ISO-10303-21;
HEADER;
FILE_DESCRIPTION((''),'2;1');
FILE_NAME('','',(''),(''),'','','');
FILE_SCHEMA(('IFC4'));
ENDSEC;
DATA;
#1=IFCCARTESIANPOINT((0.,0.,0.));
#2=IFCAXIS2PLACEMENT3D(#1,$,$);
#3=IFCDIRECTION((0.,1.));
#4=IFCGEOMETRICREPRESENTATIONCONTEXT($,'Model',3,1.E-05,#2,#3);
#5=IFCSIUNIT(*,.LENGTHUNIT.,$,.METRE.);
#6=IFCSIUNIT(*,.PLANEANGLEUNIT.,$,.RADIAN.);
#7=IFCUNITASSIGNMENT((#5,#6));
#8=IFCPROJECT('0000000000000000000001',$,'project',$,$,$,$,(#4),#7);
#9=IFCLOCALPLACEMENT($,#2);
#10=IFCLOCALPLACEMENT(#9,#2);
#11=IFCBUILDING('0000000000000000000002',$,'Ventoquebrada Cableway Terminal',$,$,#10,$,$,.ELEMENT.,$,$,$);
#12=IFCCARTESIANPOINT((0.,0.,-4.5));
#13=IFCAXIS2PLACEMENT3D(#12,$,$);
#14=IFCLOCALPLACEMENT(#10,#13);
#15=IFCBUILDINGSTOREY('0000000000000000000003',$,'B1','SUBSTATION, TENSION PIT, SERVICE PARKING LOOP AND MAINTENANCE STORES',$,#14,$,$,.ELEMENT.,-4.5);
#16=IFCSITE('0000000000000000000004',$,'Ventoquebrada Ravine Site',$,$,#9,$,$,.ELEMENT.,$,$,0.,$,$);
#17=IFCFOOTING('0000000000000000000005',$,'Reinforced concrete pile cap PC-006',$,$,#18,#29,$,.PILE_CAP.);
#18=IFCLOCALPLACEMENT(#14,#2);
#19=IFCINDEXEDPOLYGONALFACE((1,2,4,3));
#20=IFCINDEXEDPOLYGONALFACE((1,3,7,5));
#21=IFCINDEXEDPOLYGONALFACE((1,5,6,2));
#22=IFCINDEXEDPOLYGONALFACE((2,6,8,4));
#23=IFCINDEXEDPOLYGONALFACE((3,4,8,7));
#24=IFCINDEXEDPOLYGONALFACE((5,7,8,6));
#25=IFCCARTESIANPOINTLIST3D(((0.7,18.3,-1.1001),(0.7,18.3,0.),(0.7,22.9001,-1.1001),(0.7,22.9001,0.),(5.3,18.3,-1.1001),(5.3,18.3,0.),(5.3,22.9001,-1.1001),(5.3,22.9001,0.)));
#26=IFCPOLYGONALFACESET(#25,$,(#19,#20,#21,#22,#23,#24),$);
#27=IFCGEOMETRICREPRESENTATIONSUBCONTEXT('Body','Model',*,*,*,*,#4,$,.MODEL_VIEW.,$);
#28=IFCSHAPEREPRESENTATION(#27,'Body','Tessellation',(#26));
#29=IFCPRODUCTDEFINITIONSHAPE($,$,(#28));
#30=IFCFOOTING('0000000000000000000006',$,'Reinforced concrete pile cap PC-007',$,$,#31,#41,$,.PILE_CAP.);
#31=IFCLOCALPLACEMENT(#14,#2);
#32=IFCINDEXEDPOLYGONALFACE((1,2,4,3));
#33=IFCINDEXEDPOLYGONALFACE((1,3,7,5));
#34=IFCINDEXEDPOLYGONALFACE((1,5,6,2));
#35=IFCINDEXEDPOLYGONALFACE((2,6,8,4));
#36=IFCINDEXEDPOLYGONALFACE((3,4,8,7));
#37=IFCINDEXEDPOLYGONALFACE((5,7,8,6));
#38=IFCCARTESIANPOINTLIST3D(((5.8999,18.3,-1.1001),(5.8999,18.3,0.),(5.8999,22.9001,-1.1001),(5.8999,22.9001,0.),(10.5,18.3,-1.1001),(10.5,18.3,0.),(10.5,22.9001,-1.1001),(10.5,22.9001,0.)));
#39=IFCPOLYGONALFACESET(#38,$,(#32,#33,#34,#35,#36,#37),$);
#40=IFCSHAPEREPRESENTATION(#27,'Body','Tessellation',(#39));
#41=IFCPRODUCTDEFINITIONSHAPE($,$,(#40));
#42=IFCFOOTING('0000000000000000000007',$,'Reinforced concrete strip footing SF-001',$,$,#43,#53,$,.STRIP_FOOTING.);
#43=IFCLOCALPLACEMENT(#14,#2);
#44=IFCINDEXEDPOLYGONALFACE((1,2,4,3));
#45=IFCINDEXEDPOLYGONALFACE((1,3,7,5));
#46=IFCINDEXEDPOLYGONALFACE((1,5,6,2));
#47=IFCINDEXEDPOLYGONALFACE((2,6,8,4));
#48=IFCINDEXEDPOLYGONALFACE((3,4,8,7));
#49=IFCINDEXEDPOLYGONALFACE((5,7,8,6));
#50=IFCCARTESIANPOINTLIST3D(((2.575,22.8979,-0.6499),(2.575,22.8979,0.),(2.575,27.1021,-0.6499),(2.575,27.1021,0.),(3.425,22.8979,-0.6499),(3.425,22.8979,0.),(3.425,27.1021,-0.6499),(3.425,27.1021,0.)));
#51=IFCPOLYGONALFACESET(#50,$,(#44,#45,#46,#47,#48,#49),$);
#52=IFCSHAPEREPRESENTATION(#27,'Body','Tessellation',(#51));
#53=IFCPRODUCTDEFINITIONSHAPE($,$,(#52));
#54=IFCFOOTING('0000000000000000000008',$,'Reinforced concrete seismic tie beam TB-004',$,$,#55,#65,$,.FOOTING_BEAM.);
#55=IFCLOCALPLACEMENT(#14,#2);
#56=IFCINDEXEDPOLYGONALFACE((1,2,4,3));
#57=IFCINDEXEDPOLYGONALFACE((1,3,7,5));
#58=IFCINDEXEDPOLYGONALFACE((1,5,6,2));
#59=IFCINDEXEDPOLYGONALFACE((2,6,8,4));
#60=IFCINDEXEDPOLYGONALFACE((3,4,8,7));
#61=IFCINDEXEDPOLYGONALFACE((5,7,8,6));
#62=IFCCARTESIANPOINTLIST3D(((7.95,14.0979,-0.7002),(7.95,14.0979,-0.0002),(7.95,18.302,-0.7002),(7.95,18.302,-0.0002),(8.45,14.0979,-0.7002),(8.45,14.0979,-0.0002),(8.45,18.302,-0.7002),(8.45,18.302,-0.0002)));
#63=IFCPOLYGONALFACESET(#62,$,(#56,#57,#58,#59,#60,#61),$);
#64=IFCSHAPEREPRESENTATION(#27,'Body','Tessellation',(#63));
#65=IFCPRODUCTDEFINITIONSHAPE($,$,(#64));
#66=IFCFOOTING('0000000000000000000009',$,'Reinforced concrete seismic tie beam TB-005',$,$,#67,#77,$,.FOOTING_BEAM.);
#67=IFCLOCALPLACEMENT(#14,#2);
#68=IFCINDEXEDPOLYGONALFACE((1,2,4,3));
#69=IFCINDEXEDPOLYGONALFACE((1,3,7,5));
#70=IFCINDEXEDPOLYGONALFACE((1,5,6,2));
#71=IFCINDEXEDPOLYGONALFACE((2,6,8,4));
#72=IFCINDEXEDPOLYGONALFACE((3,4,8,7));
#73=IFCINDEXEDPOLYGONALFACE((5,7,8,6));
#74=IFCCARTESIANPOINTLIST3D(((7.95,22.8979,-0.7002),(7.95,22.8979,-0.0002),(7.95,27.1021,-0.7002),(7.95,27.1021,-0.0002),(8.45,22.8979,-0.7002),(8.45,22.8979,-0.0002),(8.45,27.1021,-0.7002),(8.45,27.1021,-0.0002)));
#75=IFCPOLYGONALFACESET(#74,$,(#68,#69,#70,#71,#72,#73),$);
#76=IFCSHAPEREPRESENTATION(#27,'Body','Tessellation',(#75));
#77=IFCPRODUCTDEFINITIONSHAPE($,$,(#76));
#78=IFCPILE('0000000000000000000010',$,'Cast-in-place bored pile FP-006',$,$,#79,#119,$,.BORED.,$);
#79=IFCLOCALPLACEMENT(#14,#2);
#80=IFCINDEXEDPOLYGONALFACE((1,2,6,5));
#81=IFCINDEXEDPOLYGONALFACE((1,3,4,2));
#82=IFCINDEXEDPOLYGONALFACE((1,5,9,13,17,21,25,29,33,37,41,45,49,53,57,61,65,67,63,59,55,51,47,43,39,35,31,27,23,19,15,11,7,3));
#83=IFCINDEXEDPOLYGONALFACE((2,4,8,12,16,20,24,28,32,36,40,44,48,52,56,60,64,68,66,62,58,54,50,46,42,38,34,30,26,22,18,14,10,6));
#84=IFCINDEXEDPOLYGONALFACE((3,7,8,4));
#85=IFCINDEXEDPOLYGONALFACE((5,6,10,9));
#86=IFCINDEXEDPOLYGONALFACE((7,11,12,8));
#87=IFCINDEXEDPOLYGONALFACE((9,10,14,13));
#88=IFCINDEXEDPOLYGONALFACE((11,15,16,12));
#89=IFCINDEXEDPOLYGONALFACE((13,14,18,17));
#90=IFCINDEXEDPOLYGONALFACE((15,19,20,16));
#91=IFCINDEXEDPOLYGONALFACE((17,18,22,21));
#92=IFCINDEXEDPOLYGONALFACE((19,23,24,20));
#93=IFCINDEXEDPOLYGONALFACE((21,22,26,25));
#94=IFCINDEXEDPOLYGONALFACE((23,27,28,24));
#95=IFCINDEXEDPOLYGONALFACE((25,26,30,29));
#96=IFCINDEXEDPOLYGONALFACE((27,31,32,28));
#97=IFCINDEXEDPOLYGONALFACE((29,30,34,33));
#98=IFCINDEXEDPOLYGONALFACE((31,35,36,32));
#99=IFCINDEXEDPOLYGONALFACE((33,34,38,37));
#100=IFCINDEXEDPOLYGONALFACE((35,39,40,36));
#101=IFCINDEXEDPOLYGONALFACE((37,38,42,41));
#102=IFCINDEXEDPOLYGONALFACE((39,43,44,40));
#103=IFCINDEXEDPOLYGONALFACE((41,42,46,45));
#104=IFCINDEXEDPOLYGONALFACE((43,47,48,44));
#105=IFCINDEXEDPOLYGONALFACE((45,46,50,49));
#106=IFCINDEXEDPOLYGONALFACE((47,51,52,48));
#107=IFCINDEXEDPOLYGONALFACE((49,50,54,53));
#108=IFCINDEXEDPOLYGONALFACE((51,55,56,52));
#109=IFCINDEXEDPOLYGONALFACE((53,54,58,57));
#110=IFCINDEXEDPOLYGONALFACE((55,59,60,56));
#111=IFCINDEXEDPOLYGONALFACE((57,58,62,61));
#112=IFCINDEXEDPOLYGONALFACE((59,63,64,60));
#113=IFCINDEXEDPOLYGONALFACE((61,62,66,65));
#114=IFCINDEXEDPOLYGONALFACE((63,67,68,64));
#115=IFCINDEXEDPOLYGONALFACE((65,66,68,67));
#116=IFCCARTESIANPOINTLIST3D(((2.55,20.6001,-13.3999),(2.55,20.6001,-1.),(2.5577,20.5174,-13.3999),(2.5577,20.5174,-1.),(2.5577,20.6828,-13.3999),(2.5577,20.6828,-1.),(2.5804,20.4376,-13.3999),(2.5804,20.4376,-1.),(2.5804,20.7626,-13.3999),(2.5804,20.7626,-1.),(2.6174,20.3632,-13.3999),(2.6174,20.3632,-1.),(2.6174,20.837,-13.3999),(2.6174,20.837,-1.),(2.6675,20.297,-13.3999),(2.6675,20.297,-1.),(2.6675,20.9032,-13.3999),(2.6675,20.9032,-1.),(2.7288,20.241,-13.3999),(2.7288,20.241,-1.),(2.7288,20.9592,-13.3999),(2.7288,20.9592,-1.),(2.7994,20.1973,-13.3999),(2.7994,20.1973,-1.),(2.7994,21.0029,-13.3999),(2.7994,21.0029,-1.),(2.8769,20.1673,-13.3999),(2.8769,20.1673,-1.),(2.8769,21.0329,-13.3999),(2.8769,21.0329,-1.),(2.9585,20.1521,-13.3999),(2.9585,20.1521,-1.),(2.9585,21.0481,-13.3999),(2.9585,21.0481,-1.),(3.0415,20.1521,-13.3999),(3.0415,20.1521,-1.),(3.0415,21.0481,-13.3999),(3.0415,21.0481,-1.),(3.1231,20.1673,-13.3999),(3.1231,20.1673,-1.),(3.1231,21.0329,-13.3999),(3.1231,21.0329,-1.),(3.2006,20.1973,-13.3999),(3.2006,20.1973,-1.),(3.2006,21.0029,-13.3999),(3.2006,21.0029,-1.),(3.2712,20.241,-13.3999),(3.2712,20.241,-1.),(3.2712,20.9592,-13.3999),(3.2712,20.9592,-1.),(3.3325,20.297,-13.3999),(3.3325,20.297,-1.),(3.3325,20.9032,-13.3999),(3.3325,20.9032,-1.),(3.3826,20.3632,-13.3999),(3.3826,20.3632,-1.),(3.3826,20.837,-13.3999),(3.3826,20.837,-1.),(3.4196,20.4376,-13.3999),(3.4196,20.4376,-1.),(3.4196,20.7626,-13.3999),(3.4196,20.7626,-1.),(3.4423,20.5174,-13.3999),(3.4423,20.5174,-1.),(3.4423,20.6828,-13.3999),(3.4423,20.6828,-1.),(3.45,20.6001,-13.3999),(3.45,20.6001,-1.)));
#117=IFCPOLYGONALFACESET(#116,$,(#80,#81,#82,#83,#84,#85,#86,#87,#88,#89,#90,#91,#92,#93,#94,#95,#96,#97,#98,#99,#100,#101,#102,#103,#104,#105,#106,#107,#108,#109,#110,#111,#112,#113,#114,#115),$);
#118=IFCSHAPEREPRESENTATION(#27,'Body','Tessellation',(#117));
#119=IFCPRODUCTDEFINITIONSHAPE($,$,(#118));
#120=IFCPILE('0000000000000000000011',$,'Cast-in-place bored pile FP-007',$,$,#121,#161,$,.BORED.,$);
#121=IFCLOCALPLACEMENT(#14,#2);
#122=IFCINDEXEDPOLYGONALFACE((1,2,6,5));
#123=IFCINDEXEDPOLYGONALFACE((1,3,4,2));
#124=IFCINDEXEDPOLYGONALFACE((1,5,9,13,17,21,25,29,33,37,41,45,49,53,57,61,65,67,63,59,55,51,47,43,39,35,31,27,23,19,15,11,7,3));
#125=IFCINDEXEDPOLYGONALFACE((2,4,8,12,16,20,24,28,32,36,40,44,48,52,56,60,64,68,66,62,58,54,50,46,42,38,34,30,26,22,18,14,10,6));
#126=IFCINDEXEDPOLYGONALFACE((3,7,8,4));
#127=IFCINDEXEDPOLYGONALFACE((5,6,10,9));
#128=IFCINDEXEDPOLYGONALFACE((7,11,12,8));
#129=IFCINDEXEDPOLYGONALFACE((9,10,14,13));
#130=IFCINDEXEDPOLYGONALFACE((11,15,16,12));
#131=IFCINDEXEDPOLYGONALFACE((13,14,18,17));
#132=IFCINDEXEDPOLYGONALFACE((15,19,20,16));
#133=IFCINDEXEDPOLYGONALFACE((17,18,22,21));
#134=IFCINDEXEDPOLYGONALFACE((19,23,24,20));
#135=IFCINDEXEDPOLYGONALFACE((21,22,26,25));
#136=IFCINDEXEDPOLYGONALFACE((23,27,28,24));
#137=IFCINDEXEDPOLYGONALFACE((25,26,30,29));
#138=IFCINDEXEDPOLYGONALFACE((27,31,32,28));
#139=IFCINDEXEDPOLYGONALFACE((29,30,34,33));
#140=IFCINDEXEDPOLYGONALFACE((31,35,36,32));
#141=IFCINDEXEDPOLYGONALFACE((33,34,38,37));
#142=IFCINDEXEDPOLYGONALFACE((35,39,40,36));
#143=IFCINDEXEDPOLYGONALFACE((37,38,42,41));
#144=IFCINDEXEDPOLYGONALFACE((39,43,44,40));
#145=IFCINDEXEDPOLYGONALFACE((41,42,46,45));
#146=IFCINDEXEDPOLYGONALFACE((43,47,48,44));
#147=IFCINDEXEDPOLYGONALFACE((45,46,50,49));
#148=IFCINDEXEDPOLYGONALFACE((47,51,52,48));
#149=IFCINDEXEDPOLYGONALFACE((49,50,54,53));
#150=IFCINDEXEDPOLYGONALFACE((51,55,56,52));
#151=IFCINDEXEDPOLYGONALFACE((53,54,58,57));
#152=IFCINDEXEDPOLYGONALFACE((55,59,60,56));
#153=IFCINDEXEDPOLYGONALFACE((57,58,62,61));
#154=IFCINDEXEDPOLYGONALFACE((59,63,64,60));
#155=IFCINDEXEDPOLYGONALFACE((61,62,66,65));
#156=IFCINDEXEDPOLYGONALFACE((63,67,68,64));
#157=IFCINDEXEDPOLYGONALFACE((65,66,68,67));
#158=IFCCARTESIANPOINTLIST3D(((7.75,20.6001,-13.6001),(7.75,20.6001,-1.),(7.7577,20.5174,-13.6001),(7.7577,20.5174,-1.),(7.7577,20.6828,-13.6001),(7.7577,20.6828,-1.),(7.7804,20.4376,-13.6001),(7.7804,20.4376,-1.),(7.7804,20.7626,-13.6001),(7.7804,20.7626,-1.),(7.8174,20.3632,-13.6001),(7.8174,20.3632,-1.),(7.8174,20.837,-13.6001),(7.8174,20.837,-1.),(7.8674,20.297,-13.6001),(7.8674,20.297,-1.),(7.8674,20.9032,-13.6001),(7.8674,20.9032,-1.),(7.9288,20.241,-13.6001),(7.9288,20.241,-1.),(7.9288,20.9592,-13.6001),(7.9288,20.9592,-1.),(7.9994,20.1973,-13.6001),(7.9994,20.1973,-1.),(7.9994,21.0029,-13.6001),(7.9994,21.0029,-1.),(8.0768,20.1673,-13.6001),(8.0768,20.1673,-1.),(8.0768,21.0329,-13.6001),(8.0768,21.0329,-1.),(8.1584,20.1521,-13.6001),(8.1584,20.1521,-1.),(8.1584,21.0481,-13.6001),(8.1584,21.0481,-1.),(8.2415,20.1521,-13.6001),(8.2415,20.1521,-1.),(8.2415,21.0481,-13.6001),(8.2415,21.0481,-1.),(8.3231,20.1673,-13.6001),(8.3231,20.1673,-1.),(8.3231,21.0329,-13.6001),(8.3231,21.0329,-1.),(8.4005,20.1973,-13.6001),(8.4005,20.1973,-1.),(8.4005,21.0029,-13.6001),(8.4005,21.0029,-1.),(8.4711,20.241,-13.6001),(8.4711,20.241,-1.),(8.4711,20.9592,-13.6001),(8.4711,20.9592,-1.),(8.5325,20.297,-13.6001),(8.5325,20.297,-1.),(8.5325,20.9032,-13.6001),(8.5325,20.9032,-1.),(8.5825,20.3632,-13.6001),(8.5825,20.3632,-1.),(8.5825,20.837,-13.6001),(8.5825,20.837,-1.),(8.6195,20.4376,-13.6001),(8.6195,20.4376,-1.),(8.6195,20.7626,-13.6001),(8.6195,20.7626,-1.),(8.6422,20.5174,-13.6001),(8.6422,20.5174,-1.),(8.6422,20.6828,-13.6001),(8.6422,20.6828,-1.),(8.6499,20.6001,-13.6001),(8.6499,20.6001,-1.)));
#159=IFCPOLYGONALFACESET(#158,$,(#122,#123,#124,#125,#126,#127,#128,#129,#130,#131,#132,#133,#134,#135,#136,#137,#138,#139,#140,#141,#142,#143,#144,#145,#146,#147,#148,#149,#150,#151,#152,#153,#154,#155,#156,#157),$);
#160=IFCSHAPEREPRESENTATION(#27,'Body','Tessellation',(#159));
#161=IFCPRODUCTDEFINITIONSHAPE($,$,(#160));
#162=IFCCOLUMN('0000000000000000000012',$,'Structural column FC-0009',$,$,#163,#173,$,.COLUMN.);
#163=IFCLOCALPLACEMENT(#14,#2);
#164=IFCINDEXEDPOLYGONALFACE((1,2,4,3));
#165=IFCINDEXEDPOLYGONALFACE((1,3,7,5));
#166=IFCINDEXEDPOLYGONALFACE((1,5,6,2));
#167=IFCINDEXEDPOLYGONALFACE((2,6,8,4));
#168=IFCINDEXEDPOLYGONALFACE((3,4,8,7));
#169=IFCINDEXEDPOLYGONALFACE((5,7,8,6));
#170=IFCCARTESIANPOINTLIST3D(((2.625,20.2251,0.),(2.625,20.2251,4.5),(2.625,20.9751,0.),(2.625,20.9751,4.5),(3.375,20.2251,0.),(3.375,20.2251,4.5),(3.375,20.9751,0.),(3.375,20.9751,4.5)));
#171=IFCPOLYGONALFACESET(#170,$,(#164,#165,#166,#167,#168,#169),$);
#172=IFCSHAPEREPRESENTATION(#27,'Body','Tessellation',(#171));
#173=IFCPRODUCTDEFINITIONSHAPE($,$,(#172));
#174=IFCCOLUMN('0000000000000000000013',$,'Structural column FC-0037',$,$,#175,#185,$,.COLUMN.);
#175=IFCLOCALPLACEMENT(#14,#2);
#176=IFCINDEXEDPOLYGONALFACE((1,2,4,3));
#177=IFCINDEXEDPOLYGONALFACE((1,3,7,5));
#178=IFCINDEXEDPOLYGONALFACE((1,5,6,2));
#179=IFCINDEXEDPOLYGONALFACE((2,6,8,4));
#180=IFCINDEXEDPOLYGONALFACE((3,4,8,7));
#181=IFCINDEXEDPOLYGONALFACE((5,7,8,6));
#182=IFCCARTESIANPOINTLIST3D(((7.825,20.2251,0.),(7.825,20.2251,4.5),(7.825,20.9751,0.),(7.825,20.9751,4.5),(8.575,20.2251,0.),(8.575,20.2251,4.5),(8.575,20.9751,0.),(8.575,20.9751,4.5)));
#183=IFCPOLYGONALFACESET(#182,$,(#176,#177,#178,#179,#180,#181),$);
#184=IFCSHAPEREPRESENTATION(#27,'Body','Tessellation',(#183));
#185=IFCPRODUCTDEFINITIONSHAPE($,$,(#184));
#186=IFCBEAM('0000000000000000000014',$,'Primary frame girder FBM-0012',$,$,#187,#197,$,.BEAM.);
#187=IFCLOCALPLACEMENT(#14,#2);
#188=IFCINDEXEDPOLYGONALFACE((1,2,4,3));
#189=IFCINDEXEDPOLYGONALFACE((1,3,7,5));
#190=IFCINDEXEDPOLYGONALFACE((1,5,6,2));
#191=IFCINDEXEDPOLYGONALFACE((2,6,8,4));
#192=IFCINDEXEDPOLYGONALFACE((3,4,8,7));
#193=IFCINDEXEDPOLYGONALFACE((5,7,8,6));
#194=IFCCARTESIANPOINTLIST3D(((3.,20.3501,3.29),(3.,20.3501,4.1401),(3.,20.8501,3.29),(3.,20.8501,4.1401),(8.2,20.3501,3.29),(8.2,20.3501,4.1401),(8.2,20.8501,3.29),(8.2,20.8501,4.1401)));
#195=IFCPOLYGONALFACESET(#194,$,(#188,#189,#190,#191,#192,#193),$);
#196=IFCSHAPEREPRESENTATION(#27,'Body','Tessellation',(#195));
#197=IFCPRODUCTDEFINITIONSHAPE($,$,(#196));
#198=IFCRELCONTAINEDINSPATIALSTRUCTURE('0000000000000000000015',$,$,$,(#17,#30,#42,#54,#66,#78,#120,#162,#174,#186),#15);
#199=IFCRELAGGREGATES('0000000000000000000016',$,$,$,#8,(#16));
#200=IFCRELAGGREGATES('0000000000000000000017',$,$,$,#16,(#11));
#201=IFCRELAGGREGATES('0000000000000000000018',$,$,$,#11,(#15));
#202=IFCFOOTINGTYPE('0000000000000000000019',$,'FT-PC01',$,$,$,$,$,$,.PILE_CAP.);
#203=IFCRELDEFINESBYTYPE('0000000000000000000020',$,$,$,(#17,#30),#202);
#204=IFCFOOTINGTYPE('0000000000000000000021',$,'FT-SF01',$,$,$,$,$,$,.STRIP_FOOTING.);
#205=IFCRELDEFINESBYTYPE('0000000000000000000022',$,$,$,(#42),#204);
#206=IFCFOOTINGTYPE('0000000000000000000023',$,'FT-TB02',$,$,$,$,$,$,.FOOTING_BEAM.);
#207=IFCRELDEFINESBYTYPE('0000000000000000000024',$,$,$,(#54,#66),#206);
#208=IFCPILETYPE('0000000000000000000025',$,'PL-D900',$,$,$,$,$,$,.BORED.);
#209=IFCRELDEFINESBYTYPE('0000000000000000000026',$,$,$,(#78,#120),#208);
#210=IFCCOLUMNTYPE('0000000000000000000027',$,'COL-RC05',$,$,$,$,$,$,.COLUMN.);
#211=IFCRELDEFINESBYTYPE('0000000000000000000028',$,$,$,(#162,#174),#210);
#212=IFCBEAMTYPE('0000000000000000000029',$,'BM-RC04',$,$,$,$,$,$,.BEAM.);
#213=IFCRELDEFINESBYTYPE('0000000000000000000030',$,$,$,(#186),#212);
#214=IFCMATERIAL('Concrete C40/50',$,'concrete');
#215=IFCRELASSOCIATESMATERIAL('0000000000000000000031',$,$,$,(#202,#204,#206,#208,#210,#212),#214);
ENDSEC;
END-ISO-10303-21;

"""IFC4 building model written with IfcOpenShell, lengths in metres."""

from ifc_helpers import new_model, si_unit, direction, frame, origin, origin_2d, place, context, subcontext, project, spatial, rectangle, circle, extrude, material, material_profile, profile_set, type_object, element, save


model = new_model("IFC4")

# Units and contexts
model_context = context("Model", 3, precision=1e-05, world=origin(), true_north=direction((0.0, 1.0)))
body_context = subcontext(model_context, "Body", "Model", "MODEL_VIEW")
ifc_project = project(units=[si_unit("LENGTHUNIT", "METRE"), si_unit("PLANEANGLEUNIT", "RADIAN")], contexts=[model_context])

# Site, building, storey
site_placement = place(None, origin())
site = spatial("IfcSite", under=ifc_project, at=site_placement, Name="Ventoquebrada Ravine Site", CompositionType="ELEMENT", RefElevation=0.0)
building_placement = place(site_placement, origin())
building = spatial("IfcBuilding", under=site, at=building_placement, Name="Ventoquebrada Cableway Terminal", CompositionType="ELEMENT")
storey_placement = place(building_placement, frame((0.0, 0.0, -4.5)))
storey = spatial("IfcBuildingStorey", under=building, at=storey_placement, Name="B1", Description="SUBSTATION, TENSION PIT, SERVICE PARKING LOOP AND MAINTENANCE STORES", CompositionType="ELEMENT", Elevation=-4.5)

# Footings
ifc_material_1 = material(Name="Concrete C40/50", Category="concrete")
footing_type_1 = type_object("IfcFootingType", Name="FT-PC01", PredefinedType="PILE_CAP", material=ifc_material_1)
for number, where, z_axis, x_axis, name in (
    (1, (3.0, 20.6001, -1.1001), (0.0, 0.0, 1.0), (1.0, 0.0, 0.0), "Reinforced concrete pile cap PC-006"),
    (2, (8.2, 20.6001, -1.1001), (0.0, 0.0, 1.0), (1.0, 0.0, 0.0), "Reinforced concrete pile cap PC-007"),
):
    element("IfcFooting", number, at=place(storey_placement, frame(where, z_axis=z_axis, x_axis=x_axis)), inside=storey, type_object=footing_type_1, Name=name, PredefinedType="PILE_CAP", context=body_context, shape_type="SweptSolid", body=[
        extrude(rectangle(XDim=4.6001, YDim=4.6001, at=origin_2d()), origin(), (0.0, 0.0, 1.0), 1.1001),
    ])
footing_type_2 = type_object("IfcFootingType", Name="FT-SF01", PredefinedType="STRIP_FOOTING", material=ifc_material_1)
footing_placement = place(storey_placement, frame((3.0, 25.0, -0.6499), z_axis=(0.0, 0.0, 1.0), x_axis=(0.0, 1.0, 0.0)))
element("IfcFooting", 3, at=footing_placement, inside=storey, type_object=footing_type_2, Name="Reinforced concrete strip footing SF-001", PredefinedType="STRIP_FOOTING", context=body_context, shape_type="SweptSolid", body=[
    extrude(rectangle(XDim=4.2041, YDim=0.8501, at=origin_2d()), origin(), (0.0, 0.0, 1.0), 0.6499),
])
footing_type_3 = type_object("IfcFootingType", Name="FT-TB02", PredefinedType="FOOTING_BEAM", material=ifc_material_1)
for number, where, z_axis, x_axis, name in (
    (4, (8.2, 16.2, -0.7002), (0.0, 0.0, 1.0), (0.0, 1.0, 0.0), "Reinforced concrete seismic tie beam TB-004"),
    (5, (8.2, 25.0, -0.7002), (0.0, 0.0, 1.0), (0.0, 1.0, 0.0), "Reinforced concrete seismic tie beam TB-005"),
):
    element("IfcFooting", number, at=place(storey_placement, frame(where, z_axis=z_axis, x_axis=x_axis)), inside=storey, type_object=footing_type_3, Name=name, PredefinedType="FOOTING_BEAM", context=body_context, shape_type="SweptSolid", body=[
        extrude(rectangle(XDim=4.2041, YDim=0.5, at=origin_2d()), origin(), (0.0, 0.0, 1.0), 0.7),
    ])

# Piles
ifc_material_profile_1 = material_profile(ifc_material_1, circle(Radius=0.45, at=origin_2d()), Name="PILE-D900")
ifc_profile_set_1 = profile_set([ifc_material_profile_1], Name="Concrete C40/50")
pile_type = type_object("IfcPileType", Name="PL-D900", PredefinedType="BORED", material=ifc_profile_set_1)
pile_1_placement = place(storey_placement, frame((3.0, 20.6001, -1.0), z_axis=(0.0, 0.0, -1.0), x_axis=(1.0, 0.0, 0.0)))
element("IfcPile", 6, at=pile_1_placement, inside=storey, type_object=pile_type, Name="Cast-in-place bored pile FP-006", PredefinedType="BORED", context=body_context, shape_type="SweptSolid", body=[
    extrude(circle(Radius=0.45, at=origin_2d()), origin(), (0.0, 0.0, 1.0), 12.3999),
])
pile_2_placement = place(storey_placement, frame((8.2, 20.6001, -1.0), z_axis=(0.0, 0.0, -1.0), x_axis=(1.0, 0.0, 0.0)))
element("IfcPile", 7, at=pile_2_placement, inside=storey, type_object=pile_type, Name="Cast-in-place bored pile FP-007", PredefinedType="BORED", context=body_context, shape_type="SweptSolid", body=[
    extrude(circle(Radius=0.45, at=origin_2d()), origin(), (0.0, 0.0, 1.0), 12.6001),
])

# Columns
ifc_material_profile_2 = material_profile(ifc_material_1, rectangle(XDim=0.75, YDim=0.75, at=origin_2d()), Name="RC-COL-750X750")
ifc_profile_set_2 = profile_set([ifc_material_profile_2], Name="Concrete C40/50")
column_type = type_object("IfcColumnType", Name="COL-RC05", PredefinedType="COLUMN", material=ifc_profile_set_2)
for number, where, z_axis, x_axis, name in (
    (8, (3.0, 20.6001, 0.0), (0.0, 0.0, 1.0), (1.0, 0.0, 0.0), "Structural column FC-0009"),
    (9, (8.2, 20.6001, 0.0), (0.0, 0.0, 1.0), (1.0, 0.0, 0.0), "Structural column FC-0037"),
):
    element("IfcColumn", number, at=place(storey_placement, frame(where, z_axis=z_axis, x_axis=x_axis)), inside=storey, type_object=column_type, Name=name, PredefinedType="COLUMN", context=body_context, shape_type="SweptSolid", body=[
        extrude(rectangle(XDim=0.75, YDim=0.75, at=origin_2d()), origin(), (0.0, 0.0, 1.0), 4.5),
    ])

# Beam
ifc_material_profile_3 = material_profile(ifc_material_1, rectangle(XDim=0.5, YDim=0.8501, at=origin_2d()), Name="RC-BM-500X850")
ifc_profile_set_3 = profile_set([ifc_material_profile_3], Name="Concrete C40/50")
beam_type_1 = type_object("IfcBeamType", Name="BM-RC04", PredefinedType="BEAM", material=ifc_profile_set_3)
beam_1_placement = place(storey_placement, frame((3.0, 20.6001, 3.7151), z_axis=(1.0, 0.0, 0.0), x_axis=(0.0, 1.0, 0.0)))
element("IfcBeam", 10, at=beam_1_placement, inside=storey, type_object=beam_type_1, Name="Primary frame girder FBM-0012", PredefinedType="BEAM", context=body_context, shape_type="SweptSolid", body=[
    extrude(rectangle(XDim=0.5, YDim=0.8501, at=origin_2d()), origin(), (0.0, 0.0, 1.0), 5.2),
])

save(model, "model.ifc")
